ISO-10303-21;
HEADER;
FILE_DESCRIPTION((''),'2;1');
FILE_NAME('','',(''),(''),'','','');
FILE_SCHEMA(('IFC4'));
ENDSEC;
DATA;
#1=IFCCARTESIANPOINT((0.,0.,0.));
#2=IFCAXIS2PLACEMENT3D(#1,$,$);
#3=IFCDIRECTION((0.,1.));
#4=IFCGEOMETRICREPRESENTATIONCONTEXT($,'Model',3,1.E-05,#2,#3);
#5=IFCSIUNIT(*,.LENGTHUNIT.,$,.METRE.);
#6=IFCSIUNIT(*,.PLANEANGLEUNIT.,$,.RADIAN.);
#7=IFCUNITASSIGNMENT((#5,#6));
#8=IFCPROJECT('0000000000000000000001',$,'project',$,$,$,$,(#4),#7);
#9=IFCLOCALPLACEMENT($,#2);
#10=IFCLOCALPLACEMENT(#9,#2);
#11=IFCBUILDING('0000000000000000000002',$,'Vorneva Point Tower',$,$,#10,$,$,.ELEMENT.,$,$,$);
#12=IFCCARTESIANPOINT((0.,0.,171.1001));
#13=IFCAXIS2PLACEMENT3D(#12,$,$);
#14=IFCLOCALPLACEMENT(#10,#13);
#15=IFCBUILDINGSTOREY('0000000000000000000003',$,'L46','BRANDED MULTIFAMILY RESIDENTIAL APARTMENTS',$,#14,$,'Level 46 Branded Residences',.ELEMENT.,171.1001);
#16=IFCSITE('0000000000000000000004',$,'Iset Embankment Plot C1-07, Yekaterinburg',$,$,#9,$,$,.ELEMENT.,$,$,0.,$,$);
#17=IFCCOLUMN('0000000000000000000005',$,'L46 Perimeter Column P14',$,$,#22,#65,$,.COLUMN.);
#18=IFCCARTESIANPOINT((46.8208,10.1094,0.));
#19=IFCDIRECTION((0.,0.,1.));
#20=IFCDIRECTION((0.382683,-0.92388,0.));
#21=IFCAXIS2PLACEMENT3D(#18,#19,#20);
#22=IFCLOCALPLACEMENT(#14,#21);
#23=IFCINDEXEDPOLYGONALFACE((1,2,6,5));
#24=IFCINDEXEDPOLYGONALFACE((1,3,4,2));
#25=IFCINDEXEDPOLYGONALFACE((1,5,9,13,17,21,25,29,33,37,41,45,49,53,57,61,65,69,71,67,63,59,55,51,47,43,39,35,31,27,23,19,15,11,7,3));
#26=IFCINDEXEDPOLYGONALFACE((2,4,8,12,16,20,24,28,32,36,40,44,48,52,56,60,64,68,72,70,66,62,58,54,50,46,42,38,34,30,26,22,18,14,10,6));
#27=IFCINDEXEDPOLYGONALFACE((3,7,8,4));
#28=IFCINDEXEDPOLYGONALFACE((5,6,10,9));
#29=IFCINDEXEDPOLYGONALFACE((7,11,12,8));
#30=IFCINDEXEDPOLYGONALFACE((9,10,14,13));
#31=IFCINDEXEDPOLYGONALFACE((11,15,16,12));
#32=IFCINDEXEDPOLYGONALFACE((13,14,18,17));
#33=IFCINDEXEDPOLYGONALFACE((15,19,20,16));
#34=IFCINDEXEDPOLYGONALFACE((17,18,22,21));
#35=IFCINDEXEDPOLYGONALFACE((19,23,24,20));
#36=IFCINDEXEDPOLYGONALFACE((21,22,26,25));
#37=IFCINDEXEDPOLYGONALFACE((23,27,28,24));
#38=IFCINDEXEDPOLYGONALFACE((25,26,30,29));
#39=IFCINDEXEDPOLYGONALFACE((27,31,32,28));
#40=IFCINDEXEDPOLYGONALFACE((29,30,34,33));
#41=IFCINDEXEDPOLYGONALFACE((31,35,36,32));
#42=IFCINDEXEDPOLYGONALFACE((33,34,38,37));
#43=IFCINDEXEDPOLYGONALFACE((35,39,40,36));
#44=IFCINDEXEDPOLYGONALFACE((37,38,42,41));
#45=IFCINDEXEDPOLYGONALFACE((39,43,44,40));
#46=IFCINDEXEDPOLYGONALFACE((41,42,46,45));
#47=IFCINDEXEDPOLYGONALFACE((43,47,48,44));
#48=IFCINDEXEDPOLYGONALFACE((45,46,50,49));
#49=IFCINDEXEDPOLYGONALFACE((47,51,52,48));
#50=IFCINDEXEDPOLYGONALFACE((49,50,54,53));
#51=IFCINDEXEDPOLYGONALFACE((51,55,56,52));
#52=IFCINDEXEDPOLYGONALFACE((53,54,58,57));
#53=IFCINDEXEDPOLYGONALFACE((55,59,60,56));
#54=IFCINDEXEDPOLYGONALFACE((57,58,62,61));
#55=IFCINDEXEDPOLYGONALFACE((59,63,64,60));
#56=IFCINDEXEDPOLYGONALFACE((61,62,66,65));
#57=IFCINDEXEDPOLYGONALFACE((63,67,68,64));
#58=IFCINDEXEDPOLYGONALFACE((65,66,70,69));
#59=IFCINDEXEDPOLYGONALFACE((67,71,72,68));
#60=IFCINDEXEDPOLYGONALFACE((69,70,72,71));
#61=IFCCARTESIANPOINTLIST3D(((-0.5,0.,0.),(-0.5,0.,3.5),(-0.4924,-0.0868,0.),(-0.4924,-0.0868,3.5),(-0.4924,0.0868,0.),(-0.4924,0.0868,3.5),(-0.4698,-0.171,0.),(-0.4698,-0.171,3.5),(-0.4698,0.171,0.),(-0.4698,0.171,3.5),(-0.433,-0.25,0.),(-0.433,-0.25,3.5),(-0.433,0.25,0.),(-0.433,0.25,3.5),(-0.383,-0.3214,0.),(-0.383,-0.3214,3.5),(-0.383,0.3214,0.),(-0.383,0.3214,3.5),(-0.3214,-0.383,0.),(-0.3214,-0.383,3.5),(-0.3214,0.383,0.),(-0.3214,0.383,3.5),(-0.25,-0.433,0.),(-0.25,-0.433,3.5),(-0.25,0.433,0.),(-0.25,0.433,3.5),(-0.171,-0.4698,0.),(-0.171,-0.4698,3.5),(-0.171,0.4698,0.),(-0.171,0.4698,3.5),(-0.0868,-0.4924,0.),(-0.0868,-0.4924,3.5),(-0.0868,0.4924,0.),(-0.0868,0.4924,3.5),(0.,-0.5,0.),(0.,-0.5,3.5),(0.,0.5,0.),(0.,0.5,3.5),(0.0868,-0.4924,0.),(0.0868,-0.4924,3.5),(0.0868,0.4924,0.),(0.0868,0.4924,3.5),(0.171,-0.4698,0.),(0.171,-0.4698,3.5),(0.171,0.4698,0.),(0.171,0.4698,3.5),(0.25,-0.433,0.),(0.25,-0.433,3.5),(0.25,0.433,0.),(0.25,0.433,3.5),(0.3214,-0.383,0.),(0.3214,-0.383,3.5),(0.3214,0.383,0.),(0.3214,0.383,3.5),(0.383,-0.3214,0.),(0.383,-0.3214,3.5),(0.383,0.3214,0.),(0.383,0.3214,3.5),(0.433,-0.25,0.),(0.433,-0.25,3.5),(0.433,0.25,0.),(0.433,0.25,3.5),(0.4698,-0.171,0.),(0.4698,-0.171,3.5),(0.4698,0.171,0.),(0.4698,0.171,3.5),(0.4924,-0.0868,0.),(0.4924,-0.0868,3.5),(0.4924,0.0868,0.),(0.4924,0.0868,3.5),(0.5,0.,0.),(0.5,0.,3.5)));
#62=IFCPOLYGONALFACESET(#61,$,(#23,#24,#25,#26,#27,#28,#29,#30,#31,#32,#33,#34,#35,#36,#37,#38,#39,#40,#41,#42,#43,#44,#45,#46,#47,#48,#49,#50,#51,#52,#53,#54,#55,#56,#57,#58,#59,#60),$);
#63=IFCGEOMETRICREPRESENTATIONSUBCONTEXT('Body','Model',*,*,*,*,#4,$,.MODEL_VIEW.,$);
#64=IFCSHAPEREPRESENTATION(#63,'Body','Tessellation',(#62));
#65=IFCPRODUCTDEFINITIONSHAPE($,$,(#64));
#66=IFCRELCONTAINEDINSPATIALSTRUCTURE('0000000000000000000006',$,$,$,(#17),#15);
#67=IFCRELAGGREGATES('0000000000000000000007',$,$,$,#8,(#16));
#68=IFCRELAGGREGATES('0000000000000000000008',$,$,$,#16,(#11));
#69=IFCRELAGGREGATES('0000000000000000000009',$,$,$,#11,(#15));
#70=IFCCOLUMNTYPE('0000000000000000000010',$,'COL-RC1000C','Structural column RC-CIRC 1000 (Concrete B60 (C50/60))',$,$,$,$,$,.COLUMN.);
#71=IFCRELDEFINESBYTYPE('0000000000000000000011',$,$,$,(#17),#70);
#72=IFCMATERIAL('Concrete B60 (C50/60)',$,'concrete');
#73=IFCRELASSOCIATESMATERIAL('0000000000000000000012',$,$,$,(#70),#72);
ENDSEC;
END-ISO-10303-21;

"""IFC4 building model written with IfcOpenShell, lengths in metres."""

from ifc_helpers import new_model, si_unit, direction, frame, origin, origin_2d, place, context, subcontext, project, spatial, circle, extrude, material, material_profile, profile_set, type_object, element, save


model = new_model("IFC4")

# Units and contexts
model_context = context("Model", 3, precision=1e-05, world=origin(), true_north=direction((0.0, 1.0)))
body_context = subcontext(model_context, "Body", "Model", "MODEL_VIEW")
ifc_project = project(units=[si_unit("LENGTHUNIT", "METRE"), si_unit("PLANEANGLEUNIT", "RADIAN")], contexts=[model_context])

# Site, building, storey
site_placement = place(None, origin())
site = spatial("IfcSite", under=ifc_project, at=site_placement, Name="Iset Embankment Plot C1-07, Yekaterinburg", CompositionType="ELEMENT", RefElevation=0.0)
building_placement = place(site_placement, origin())
building = spatial("IfcBuilding", under=site, at=building_placement, Name="Vorneva Point Tower", CompositionType="ELEMENT")
storey_placement = place(building_placement, frame((0.0, 0.0, 171.1001)))
storey = spatial("IfcBuildingStorey", under=building, at=storey_placement, Name="L46", Description="BRANDED MULTIFAMILY RESIDENTIAL APARTMENTS", LongName="Level 46 Branded Residences", CompositionType="ELEMENT", Elevation=171.1001)

# Column
ifc_material_1 = material(Name="Concrete B60 (C50/60)", Category="concrete")
ifc_material_profile_1 = material_profile(ifc_material_1, circle(Radius=0.5, at=origin_2d()), Name="RC-CIRC 1000")
ifc_profile_set_1 = profile_set([ifc_material_profile_1], Name="Concrete B60 (C50/60)")
column_type = type_object("IfcColumnType", Name="COL-RC1000C", Description="Structural column RC-CIRC 1000 (Concrete B60 (C50/60))", PredefinedType="COLUMN", material=ifc_profile_set_1)
for number, where, z_axis, x_axis, name in (
    (1, (46.8208, 10.1094, 0.0), (0.0, 0.0, 1.0), (0.382683, -0.92388, 0.0), "L46 Perimeter Column P14"),
):
    element("IfcColumn", number, at=place(storey_placement, frame(where, z_axis=z_axis, x_axis=x_axis)), inside=storey, type_object=column_type, Name=name, PredefinedType="COLUMN", context=body_context, shape_type="SweptSolid", body=[
        extrude(circle(Radius=0.5, at=origin_2d()), origin(), (0.0, 0.0, 1.0), 3.5),
    ])

save(model, "model.ifc")
